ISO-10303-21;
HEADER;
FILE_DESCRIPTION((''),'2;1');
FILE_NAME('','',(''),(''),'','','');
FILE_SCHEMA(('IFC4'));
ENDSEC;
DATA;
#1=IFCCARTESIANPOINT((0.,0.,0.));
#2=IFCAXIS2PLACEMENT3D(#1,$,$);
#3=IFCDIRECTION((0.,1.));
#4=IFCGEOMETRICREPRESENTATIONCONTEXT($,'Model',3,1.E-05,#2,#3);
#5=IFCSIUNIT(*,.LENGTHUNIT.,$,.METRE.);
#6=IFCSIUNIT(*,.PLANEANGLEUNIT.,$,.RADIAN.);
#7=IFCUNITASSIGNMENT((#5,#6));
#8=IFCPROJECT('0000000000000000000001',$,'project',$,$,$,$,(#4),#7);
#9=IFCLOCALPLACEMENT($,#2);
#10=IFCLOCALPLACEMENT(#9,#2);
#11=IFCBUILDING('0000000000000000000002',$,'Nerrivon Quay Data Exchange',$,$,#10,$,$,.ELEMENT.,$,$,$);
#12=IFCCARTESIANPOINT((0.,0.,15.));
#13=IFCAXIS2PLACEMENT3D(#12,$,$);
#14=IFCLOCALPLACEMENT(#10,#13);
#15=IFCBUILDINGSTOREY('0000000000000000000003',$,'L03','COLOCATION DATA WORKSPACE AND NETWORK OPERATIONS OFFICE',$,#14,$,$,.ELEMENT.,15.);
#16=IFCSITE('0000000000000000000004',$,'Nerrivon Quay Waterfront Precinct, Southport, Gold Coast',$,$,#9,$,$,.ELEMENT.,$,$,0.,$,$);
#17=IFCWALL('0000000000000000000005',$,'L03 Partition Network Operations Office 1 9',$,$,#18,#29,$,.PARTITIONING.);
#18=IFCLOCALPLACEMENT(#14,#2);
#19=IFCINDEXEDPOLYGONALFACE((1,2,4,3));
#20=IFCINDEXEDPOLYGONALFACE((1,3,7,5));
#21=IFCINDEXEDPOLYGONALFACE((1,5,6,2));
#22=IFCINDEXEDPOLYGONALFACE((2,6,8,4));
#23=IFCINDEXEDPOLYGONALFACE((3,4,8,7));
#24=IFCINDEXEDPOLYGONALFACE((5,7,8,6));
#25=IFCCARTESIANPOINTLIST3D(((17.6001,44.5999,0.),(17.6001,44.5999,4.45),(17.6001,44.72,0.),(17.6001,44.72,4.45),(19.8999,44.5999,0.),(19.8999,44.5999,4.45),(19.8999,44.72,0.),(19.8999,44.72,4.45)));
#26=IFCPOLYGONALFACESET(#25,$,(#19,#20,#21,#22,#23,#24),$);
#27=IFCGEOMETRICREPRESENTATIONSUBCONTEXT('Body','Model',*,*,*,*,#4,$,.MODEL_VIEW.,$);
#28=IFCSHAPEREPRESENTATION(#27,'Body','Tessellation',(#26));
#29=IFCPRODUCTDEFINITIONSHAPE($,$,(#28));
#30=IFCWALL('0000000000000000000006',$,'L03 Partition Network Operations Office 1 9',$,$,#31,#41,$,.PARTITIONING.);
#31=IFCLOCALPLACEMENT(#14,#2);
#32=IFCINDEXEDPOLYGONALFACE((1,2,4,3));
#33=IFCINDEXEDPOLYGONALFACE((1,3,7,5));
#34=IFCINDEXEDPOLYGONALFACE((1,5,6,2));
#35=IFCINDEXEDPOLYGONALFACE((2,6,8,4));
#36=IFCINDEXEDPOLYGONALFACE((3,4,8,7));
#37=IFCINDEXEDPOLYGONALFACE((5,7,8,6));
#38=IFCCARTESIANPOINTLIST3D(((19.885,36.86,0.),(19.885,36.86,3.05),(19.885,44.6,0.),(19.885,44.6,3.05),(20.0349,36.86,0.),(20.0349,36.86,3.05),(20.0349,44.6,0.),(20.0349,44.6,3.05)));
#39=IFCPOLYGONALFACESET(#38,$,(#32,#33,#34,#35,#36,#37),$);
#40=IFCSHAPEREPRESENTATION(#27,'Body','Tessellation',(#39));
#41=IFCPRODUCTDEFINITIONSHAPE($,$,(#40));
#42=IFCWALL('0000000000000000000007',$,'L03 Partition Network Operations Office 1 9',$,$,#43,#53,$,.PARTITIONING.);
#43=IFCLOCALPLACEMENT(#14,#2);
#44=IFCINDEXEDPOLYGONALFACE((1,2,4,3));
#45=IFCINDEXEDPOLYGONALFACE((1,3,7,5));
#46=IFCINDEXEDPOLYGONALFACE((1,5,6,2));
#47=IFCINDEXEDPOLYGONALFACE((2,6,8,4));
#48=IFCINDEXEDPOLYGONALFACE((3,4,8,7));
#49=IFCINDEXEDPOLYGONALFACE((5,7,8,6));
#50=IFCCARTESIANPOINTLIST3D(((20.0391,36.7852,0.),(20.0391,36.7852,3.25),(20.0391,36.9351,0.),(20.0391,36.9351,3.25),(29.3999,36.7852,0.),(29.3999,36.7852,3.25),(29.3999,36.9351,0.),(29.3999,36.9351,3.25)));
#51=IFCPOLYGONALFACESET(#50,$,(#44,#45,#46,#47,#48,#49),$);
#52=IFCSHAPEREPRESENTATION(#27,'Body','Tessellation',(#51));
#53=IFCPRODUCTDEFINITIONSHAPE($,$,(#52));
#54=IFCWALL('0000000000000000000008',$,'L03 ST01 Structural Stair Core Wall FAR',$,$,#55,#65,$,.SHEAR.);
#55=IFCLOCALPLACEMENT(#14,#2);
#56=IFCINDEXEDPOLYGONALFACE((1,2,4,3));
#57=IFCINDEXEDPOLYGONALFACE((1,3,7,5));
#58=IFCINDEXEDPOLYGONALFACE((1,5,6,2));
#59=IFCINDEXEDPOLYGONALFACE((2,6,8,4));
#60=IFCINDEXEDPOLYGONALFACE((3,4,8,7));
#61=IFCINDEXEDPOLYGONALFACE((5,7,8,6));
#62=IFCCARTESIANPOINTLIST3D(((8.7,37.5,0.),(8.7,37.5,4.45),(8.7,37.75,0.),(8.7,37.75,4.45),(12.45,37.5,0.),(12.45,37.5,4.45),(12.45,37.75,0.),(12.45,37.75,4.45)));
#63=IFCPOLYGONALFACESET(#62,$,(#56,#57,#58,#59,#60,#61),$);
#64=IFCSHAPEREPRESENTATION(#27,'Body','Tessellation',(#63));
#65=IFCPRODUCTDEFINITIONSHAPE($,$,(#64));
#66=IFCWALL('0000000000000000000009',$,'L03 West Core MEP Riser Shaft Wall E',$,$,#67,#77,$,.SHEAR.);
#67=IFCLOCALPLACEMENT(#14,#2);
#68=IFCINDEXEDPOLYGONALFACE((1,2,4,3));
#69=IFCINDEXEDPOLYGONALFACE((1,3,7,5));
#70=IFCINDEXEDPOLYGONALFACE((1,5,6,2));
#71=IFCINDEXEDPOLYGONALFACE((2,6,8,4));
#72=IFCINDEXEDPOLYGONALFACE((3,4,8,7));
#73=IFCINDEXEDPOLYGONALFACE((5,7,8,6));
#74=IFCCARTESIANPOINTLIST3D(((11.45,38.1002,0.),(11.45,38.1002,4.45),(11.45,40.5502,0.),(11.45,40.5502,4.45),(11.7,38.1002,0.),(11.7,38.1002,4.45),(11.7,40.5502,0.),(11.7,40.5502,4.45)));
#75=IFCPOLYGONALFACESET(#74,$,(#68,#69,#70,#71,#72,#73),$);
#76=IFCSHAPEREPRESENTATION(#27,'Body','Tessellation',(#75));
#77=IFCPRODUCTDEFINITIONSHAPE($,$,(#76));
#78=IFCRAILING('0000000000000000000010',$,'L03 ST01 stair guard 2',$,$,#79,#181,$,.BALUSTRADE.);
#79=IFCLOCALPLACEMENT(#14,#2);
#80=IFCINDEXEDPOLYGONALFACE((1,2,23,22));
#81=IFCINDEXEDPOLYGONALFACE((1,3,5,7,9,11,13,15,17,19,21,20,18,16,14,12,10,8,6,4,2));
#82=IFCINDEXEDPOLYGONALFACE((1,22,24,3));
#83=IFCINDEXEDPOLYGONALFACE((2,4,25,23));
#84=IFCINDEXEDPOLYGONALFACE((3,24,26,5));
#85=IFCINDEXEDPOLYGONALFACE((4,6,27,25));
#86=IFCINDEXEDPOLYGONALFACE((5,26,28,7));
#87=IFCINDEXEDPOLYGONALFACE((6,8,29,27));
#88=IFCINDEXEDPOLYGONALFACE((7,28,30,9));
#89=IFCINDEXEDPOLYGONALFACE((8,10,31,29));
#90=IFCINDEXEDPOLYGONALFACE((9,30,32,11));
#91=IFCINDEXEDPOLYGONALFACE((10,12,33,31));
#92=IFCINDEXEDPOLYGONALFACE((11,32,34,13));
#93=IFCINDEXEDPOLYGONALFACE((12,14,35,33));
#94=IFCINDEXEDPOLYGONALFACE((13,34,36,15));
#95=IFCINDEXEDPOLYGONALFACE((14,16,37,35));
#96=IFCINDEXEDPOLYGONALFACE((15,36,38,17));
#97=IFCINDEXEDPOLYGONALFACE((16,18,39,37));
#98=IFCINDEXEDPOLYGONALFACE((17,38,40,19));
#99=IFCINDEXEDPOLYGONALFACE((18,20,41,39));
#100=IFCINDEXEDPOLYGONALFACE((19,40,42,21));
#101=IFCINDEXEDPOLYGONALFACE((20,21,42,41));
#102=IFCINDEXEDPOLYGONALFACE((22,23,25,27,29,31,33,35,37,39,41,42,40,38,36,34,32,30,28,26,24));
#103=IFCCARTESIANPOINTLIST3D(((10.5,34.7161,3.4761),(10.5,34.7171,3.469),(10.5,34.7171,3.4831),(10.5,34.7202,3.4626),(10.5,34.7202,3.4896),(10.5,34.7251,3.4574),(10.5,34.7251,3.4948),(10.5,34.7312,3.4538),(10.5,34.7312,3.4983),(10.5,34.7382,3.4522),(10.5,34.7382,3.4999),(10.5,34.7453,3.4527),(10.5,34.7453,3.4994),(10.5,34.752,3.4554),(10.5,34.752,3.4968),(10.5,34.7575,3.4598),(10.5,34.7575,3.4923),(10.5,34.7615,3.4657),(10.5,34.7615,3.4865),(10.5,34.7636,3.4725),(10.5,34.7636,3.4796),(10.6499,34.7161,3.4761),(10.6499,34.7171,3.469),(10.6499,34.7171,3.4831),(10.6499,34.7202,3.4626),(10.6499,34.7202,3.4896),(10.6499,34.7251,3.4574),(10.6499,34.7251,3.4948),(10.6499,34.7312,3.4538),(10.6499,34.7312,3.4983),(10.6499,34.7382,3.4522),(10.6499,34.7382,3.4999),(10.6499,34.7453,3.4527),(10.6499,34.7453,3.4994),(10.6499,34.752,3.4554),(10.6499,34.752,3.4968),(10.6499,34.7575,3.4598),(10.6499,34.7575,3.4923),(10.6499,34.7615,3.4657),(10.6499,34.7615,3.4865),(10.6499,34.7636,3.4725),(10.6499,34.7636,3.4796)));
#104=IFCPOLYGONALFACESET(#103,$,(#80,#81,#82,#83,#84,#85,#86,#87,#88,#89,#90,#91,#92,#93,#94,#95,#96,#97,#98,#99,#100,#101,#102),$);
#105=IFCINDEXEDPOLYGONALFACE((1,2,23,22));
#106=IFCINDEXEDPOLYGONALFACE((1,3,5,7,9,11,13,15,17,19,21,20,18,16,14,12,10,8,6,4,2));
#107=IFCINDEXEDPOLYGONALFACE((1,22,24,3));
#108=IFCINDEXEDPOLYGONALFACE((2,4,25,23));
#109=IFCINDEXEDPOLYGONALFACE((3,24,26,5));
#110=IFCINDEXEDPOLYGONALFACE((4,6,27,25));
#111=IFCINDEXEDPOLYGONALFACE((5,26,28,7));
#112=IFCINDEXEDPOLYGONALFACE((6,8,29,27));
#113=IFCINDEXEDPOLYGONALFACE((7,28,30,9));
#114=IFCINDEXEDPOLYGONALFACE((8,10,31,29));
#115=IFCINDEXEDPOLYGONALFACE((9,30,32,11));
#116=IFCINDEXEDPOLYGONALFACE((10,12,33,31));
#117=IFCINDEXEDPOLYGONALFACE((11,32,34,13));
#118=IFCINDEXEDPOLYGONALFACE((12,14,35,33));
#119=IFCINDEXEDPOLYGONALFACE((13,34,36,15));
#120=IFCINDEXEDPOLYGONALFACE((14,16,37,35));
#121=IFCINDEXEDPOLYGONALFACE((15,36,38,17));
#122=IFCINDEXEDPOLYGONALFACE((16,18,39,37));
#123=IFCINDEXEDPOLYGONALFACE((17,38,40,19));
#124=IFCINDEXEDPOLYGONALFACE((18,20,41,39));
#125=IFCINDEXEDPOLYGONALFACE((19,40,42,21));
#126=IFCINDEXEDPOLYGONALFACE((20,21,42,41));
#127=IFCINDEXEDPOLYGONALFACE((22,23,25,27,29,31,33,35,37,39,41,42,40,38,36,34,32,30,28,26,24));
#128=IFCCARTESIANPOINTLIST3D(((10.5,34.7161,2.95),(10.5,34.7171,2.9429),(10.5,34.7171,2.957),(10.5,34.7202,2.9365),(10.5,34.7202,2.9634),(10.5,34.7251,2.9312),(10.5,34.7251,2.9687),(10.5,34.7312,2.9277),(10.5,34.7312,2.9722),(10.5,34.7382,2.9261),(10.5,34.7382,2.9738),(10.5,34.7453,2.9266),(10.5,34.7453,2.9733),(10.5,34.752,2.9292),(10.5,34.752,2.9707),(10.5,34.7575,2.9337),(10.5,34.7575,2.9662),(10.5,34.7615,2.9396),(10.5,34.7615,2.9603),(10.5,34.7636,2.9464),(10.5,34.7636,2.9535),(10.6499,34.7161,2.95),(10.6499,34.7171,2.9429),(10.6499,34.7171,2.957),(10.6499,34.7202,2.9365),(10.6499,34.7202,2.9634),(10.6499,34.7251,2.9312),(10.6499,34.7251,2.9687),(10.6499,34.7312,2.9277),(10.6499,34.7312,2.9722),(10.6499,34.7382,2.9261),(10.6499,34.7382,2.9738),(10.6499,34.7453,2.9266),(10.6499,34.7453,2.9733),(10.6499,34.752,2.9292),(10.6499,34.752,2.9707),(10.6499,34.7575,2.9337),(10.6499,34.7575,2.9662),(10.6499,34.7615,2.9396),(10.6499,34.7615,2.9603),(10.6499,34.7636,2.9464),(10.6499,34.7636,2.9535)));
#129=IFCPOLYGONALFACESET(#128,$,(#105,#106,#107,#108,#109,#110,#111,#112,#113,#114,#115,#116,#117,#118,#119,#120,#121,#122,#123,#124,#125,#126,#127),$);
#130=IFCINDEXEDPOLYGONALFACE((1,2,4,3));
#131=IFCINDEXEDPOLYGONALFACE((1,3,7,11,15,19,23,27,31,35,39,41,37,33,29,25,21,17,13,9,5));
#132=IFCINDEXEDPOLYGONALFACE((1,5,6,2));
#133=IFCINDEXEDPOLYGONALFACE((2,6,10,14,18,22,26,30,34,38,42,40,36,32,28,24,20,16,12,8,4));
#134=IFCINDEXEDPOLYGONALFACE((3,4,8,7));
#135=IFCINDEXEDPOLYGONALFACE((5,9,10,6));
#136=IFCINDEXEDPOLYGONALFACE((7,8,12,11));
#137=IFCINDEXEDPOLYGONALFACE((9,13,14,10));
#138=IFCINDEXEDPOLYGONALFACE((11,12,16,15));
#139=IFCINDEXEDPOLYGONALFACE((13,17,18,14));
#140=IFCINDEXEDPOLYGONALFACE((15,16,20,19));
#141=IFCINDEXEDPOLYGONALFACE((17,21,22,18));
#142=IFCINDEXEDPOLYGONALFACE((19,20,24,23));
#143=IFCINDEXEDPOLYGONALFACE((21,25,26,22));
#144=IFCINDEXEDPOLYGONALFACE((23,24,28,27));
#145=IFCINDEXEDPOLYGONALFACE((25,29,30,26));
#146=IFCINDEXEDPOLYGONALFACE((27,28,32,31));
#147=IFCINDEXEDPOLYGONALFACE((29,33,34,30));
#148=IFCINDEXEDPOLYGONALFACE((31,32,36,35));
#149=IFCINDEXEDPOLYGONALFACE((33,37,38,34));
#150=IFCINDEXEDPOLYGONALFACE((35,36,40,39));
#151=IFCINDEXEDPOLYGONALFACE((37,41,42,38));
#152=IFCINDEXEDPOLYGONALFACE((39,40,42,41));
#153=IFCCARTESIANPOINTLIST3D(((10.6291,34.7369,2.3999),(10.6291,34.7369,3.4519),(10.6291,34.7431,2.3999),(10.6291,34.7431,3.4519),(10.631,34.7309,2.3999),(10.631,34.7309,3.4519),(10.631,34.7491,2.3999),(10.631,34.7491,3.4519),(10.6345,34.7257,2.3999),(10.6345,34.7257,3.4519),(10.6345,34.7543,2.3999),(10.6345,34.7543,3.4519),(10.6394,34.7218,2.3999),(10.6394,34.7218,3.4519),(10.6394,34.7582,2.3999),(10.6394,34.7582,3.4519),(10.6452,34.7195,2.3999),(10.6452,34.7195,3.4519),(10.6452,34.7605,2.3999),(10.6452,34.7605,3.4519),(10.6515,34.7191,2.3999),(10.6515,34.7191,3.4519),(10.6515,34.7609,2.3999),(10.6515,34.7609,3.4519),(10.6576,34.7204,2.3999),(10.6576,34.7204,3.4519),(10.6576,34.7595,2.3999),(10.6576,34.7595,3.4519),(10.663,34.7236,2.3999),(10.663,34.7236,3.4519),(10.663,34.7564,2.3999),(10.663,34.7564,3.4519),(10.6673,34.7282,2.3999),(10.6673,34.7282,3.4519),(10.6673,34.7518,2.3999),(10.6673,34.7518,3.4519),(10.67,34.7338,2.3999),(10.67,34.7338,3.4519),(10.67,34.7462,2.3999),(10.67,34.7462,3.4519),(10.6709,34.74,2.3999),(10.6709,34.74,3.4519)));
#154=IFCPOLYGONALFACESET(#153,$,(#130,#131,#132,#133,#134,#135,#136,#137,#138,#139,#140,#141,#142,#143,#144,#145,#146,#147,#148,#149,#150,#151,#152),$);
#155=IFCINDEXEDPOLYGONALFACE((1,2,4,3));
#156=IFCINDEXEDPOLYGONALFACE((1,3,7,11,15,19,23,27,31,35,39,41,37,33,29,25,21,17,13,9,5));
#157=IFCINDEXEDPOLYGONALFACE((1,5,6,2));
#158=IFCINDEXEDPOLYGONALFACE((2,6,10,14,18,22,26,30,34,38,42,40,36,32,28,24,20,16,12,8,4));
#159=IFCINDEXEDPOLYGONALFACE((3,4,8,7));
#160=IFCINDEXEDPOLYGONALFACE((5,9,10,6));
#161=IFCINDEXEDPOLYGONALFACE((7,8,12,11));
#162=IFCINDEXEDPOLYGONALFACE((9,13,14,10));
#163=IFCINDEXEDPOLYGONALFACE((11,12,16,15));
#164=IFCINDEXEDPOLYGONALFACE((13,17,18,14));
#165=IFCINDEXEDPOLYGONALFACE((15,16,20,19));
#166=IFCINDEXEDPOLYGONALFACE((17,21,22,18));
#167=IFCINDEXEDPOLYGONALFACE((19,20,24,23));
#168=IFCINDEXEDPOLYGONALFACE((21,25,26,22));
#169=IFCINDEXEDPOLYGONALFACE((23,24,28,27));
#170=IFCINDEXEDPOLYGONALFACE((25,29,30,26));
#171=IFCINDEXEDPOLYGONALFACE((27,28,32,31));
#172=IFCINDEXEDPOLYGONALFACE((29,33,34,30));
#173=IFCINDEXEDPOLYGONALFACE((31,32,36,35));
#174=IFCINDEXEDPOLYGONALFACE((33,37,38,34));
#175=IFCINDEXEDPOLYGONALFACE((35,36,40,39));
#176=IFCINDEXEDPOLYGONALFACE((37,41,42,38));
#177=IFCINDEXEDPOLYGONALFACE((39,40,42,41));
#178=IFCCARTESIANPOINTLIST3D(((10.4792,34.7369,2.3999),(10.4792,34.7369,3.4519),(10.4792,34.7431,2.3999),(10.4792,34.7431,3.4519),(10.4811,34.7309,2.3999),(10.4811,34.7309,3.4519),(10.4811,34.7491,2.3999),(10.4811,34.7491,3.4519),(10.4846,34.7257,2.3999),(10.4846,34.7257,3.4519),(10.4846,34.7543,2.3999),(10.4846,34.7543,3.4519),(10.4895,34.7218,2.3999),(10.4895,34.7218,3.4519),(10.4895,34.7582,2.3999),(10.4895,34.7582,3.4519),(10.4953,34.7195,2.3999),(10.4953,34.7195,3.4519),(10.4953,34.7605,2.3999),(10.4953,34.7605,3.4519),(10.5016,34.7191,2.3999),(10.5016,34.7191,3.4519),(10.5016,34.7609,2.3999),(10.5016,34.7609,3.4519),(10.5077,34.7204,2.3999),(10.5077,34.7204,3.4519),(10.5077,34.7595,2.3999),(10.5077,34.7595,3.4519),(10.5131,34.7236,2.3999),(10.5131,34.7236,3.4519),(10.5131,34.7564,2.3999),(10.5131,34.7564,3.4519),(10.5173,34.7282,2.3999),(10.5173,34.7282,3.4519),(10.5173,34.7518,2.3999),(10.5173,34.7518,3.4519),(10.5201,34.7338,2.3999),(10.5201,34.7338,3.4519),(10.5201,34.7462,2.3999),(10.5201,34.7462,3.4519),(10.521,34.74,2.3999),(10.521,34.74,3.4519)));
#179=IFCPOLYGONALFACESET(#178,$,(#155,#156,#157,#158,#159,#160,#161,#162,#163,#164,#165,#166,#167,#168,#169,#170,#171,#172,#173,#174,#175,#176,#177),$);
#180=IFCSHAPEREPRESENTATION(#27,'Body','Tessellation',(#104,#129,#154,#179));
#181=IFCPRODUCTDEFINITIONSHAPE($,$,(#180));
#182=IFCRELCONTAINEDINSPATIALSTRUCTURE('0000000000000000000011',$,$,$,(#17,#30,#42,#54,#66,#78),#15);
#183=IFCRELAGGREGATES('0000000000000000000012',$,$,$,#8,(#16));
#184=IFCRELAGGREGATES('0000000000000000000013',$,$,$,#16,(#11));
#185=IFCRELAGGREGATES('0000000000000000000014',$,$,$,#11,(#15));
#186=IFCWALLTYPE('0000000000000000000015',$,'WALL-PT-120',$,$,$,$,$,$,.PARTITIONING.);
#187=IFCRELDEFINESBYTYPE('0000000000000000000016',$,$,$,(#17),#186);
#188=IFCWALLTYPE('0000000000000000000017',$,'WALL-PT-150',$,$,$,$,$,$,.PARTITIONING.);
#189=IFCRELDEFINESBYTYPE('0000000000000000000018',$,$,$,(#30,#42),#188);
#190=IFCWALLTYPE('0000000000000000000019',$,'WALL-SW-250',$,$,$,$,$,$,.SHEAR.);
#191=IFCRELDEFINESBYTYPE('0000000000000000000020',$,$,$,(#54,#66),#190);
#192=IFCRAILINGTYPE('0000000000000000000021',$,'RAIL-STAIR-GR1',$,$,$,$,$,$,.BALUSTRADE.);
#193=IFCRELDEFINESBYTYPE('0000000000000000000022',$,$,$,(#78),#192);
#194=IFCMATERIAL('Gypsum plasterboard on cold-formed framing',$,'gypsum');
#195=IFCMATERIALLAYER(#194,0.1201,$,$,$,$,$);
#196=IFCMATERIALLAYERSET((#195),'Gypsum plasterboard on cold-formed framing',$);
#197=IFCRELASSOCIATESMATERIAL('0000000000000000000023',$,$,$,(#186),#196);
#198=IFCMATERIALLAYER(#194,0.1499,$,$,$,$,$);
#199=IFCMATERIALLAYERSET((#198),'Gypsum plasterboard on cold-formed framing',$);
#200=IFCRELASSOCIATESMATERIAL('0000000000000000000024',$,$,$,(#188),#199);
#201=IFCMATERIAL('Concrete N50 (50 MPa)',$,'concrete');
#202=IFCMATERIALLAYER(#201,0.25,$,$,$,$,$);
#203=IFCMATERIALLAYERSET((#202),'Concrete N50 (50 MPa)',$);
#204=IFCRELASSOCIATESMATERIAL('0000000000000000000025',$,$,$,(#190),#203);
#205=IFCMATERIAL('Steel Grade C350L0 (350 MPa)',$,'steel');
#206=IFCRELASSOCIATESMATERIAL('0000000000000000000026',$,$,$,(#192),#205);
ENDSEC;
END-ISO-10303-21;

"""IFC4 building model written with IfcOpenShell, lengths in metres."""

from ifc_helpers import new_model, si_unit, direction, frame, frame_2d, origin, origin_2d, place, context, subcontext, project, spatial, rectangle, circle, extrude, material, layer, layer_set, type_object, element, save


model = new_model("IFC4")

# Units and contexts
model_context = context("Model", 3, precision=1e-05, world=origin(), true_north=direction((0.0, 1.0)))
body_context = subcontext(model_context, "Body", "Model", "MODEL_VIEW")
ifc_project = project(units=[si_unit("LENGTHUNIT", "METRE"), si_unit("PLANEANGLEUNIT", "RADIAN")], contexts=[model_context])

# Site, building, storey
site_placement = place(None, origin())
site = spatial("IfcSite", under=ifc_project, at=site_placement, Name="Nerrivon Quay Waterfront Precinct, Southport, Gold Coast", CompositionType="ELEMENT", RefElevation=0.0)
building_placement = place(site_placement, origin())
building = spatial("IfcBuilding", under=site, at=building_placement, Name="Nerrivon Quay Data Exchange", CompositionType="ELEMENT")
storey_placement = place(building_placement, frame((0.0, 0.0, 15.0)))
storey = spatial("IfcBuildingStorey", under=building, at=storey_placement, Name="L03", Description="COLOCATION DATA WORKSPACE AND NETWORK OPERATIONS OFFICE", CompositionType="ELEMENT", Elevation=15.0)

# Walls
ifc_material_1 = material(Name="Gypsum plasterboard on cold-formed framing", Category="gypsum")
ifc_layer_1 = layer(ifc_material_1, 0.1201)
ifc_layer_set_1 = layer_set([ifc_layer_1], Name="Gypsum plasterboard on cold-formed framing")
wall_type_1 = type_object("IfcWallType", Name="WALL-PT-120", PredefinedType="PARTITIONING", material=ifc_layer_set_1)
wall_1_placement = place(storey_placement, frame((17.6001, 44.6599, 0.0), z_axis=(0.0, 0.0, 1.0), x_axis=(1.0, 0.0, 0.0)))
element("IfcWall", 1, at=wall_1_placement, inside=storey, type_object=wall_type_1, Name="L03 Partition Network Operations Office 1 9", PredefinedType="PARTITIONING", context=body_context, shape_type="SweptSolid", body=[
    extrude(rectangle(XDim=2.2998, YDim=0.1201, at=frame_2d((1.1499, 0.0))), origin(), (0.0, 0.0, 1.0), 4.45),
])
ifc_layer_2 = layer(ifc_material_1, 0.1499)
ifc_layer_set_2 = layer_set([ifc_layer_2], Name="Gypsum plasterboard on cold-formed framing")
wall_type_2 = type_object("IfcWallType", Name="WALL-PT-150", PredefinedType="PARTITIONING", material=ifc_layer_set_2)
wall_2_placement = place(storey_placement, frame((19.96, 44.6001, 0.0), z_axis=(0.0, 0.0, 1.0), x_axis=(0.0, -1.0, 0.0)))
element("IfcWall", 2, at=wall_2_placement, inside=storey, type_object=wall_type_2, Name="L03 Partition Network Operations Office 1 9", PredefinedType="PARTITIONING", context=body_context, shape_type="SweptSolid", body=[
    extrude(rectangle(XDim=7.74, YDim=0.1499, at=frame_2d((3.8701, 0.0))), origin(), (0.0, 0.0, 1.0), 3.05),
])
wall_3_placement = place(storey_placement, frame((20.0391, 36.8601, 0.0), z_axis=(0.0, 0.0, 1.0), x_axis=(1.0, 0.0, 0.0)))
element("IfcWall", 3, at=wall_3_placement, inside=storey, type_object=wall_type_2, Name="L03 Partition Network Operations Office 1 9", PredefinedType="PARTITIONING", context=body_context, shape_type="SweptSolid", body=[
    extrude(rectangle(XDim=9.3608, YDim=0.1499, at=frame_2d((4.6804, 0.0))), origin(), (0.0, 0.0, 1.0), 3.25),
])
ifc_material_2 = material(Name="Concrete N50 (50 MPa)", Category="concrete")
ifc_layer_3 = layer(ifc_material_2, 0.25)
ifc_layer_set_3 = layer_set([ifc_layer_3], Name="Concrete N50 (50 MPa)")
wall_type_3 = type_object("IfcWallType", Name="WALL-SW-250", PredefinedType="SHEAR", material=ifc_layer_set_3)
wall_4_placement = place(storey_placement, frame((12.45, 37.625, 0.0), z_axis=(0.0, 0.0, 1.0), x_axis=(-1.0, 0.0, 0.0)))
element("IfcWall", 4, at=wall_4_placement, inside=storey, type_object=wall_type_3, Name="L03 ST01 Structural Stair Core Wall FAR", PredefinedType="SHEAR", context=body_context, shape_type="SweptSolid", body=[
    extrude(rectangle(XDim=3.75, YDim=0.25, at=frame_2d((1.875, 0.0))), origin(), (0.0, 0.0, 1.0), 4.45),
])
wall_5_placement = place(storey_placement, frame((11.575, 38.1001, 0.0), z_axis=(0.0, 0.0, 1.0), x_axis=(0.0, 1.0, 0.0)))
element("IfcWall", 5, at=wall_5_placement, inside=storey, type_object=wall_type_3, Name="L03 West Core MEP Riser Shaft Wall E", PredefinedType="SHEAR", context=body_context, shape_type="SweptSolid", body=[
    extrude(rectangle(XDim=2.45, YDim=0.25, at=frame_2d((1.2251, 0.0))), origin(), (0.0, 0.0, 1.0), 4.45),
])

# Railing
ifc_material_3 = material(Name="Steel Grade C350L0 (350 MPa)", Category="steel")
railing_type = type_object("IfcRailingType", Name="RAIL-STAIR-GR1", PredefinedType="BALUSTRADE", material=ifc_material_3)
railing_1_placement = place(storey_placement, frame((10.6499, 34.74, 2.3999)))
element("IfcRailing", 6, at=railing_1_placement, inside=storey, type_object=railing_type, Name="L03 ST01 stair guard 2", PredefinedType="BALUSTRADE", context=body_context, shape_type="SweptSolid", body=[
    extrude(circle(Radius=0.0239, at=origin_2d()), frame((0.0, 0.0, 1.0762), z_axis=(-1.0, 0.0, 0.0), x_axis=(0.0, -1.0, 0.0)), (0.0, 0.0, 1.0), 0.1499),
    extrude(circle(Radius=0.0239, at=origin_2d()), frame((0.0, 0.0, 0.55), z_axis=(-1.0, 0.0, 0.0), x_axis=(0.0, -1.0, 0.0)), (0.0, 0.0, 1.0), 0.1499),
    extrude(circle(Radius=0.021, at=origin_2d()), origin(), (0.0, 0.0, 1.0), 1.052),
    extrude(circle(Radius=0.021, at=origin_2d()), frame((-0.1499, 0.0, 0.0)), (0.0, 0.0, 1.0), 1.052),
])

save(model, "model.ifc")
